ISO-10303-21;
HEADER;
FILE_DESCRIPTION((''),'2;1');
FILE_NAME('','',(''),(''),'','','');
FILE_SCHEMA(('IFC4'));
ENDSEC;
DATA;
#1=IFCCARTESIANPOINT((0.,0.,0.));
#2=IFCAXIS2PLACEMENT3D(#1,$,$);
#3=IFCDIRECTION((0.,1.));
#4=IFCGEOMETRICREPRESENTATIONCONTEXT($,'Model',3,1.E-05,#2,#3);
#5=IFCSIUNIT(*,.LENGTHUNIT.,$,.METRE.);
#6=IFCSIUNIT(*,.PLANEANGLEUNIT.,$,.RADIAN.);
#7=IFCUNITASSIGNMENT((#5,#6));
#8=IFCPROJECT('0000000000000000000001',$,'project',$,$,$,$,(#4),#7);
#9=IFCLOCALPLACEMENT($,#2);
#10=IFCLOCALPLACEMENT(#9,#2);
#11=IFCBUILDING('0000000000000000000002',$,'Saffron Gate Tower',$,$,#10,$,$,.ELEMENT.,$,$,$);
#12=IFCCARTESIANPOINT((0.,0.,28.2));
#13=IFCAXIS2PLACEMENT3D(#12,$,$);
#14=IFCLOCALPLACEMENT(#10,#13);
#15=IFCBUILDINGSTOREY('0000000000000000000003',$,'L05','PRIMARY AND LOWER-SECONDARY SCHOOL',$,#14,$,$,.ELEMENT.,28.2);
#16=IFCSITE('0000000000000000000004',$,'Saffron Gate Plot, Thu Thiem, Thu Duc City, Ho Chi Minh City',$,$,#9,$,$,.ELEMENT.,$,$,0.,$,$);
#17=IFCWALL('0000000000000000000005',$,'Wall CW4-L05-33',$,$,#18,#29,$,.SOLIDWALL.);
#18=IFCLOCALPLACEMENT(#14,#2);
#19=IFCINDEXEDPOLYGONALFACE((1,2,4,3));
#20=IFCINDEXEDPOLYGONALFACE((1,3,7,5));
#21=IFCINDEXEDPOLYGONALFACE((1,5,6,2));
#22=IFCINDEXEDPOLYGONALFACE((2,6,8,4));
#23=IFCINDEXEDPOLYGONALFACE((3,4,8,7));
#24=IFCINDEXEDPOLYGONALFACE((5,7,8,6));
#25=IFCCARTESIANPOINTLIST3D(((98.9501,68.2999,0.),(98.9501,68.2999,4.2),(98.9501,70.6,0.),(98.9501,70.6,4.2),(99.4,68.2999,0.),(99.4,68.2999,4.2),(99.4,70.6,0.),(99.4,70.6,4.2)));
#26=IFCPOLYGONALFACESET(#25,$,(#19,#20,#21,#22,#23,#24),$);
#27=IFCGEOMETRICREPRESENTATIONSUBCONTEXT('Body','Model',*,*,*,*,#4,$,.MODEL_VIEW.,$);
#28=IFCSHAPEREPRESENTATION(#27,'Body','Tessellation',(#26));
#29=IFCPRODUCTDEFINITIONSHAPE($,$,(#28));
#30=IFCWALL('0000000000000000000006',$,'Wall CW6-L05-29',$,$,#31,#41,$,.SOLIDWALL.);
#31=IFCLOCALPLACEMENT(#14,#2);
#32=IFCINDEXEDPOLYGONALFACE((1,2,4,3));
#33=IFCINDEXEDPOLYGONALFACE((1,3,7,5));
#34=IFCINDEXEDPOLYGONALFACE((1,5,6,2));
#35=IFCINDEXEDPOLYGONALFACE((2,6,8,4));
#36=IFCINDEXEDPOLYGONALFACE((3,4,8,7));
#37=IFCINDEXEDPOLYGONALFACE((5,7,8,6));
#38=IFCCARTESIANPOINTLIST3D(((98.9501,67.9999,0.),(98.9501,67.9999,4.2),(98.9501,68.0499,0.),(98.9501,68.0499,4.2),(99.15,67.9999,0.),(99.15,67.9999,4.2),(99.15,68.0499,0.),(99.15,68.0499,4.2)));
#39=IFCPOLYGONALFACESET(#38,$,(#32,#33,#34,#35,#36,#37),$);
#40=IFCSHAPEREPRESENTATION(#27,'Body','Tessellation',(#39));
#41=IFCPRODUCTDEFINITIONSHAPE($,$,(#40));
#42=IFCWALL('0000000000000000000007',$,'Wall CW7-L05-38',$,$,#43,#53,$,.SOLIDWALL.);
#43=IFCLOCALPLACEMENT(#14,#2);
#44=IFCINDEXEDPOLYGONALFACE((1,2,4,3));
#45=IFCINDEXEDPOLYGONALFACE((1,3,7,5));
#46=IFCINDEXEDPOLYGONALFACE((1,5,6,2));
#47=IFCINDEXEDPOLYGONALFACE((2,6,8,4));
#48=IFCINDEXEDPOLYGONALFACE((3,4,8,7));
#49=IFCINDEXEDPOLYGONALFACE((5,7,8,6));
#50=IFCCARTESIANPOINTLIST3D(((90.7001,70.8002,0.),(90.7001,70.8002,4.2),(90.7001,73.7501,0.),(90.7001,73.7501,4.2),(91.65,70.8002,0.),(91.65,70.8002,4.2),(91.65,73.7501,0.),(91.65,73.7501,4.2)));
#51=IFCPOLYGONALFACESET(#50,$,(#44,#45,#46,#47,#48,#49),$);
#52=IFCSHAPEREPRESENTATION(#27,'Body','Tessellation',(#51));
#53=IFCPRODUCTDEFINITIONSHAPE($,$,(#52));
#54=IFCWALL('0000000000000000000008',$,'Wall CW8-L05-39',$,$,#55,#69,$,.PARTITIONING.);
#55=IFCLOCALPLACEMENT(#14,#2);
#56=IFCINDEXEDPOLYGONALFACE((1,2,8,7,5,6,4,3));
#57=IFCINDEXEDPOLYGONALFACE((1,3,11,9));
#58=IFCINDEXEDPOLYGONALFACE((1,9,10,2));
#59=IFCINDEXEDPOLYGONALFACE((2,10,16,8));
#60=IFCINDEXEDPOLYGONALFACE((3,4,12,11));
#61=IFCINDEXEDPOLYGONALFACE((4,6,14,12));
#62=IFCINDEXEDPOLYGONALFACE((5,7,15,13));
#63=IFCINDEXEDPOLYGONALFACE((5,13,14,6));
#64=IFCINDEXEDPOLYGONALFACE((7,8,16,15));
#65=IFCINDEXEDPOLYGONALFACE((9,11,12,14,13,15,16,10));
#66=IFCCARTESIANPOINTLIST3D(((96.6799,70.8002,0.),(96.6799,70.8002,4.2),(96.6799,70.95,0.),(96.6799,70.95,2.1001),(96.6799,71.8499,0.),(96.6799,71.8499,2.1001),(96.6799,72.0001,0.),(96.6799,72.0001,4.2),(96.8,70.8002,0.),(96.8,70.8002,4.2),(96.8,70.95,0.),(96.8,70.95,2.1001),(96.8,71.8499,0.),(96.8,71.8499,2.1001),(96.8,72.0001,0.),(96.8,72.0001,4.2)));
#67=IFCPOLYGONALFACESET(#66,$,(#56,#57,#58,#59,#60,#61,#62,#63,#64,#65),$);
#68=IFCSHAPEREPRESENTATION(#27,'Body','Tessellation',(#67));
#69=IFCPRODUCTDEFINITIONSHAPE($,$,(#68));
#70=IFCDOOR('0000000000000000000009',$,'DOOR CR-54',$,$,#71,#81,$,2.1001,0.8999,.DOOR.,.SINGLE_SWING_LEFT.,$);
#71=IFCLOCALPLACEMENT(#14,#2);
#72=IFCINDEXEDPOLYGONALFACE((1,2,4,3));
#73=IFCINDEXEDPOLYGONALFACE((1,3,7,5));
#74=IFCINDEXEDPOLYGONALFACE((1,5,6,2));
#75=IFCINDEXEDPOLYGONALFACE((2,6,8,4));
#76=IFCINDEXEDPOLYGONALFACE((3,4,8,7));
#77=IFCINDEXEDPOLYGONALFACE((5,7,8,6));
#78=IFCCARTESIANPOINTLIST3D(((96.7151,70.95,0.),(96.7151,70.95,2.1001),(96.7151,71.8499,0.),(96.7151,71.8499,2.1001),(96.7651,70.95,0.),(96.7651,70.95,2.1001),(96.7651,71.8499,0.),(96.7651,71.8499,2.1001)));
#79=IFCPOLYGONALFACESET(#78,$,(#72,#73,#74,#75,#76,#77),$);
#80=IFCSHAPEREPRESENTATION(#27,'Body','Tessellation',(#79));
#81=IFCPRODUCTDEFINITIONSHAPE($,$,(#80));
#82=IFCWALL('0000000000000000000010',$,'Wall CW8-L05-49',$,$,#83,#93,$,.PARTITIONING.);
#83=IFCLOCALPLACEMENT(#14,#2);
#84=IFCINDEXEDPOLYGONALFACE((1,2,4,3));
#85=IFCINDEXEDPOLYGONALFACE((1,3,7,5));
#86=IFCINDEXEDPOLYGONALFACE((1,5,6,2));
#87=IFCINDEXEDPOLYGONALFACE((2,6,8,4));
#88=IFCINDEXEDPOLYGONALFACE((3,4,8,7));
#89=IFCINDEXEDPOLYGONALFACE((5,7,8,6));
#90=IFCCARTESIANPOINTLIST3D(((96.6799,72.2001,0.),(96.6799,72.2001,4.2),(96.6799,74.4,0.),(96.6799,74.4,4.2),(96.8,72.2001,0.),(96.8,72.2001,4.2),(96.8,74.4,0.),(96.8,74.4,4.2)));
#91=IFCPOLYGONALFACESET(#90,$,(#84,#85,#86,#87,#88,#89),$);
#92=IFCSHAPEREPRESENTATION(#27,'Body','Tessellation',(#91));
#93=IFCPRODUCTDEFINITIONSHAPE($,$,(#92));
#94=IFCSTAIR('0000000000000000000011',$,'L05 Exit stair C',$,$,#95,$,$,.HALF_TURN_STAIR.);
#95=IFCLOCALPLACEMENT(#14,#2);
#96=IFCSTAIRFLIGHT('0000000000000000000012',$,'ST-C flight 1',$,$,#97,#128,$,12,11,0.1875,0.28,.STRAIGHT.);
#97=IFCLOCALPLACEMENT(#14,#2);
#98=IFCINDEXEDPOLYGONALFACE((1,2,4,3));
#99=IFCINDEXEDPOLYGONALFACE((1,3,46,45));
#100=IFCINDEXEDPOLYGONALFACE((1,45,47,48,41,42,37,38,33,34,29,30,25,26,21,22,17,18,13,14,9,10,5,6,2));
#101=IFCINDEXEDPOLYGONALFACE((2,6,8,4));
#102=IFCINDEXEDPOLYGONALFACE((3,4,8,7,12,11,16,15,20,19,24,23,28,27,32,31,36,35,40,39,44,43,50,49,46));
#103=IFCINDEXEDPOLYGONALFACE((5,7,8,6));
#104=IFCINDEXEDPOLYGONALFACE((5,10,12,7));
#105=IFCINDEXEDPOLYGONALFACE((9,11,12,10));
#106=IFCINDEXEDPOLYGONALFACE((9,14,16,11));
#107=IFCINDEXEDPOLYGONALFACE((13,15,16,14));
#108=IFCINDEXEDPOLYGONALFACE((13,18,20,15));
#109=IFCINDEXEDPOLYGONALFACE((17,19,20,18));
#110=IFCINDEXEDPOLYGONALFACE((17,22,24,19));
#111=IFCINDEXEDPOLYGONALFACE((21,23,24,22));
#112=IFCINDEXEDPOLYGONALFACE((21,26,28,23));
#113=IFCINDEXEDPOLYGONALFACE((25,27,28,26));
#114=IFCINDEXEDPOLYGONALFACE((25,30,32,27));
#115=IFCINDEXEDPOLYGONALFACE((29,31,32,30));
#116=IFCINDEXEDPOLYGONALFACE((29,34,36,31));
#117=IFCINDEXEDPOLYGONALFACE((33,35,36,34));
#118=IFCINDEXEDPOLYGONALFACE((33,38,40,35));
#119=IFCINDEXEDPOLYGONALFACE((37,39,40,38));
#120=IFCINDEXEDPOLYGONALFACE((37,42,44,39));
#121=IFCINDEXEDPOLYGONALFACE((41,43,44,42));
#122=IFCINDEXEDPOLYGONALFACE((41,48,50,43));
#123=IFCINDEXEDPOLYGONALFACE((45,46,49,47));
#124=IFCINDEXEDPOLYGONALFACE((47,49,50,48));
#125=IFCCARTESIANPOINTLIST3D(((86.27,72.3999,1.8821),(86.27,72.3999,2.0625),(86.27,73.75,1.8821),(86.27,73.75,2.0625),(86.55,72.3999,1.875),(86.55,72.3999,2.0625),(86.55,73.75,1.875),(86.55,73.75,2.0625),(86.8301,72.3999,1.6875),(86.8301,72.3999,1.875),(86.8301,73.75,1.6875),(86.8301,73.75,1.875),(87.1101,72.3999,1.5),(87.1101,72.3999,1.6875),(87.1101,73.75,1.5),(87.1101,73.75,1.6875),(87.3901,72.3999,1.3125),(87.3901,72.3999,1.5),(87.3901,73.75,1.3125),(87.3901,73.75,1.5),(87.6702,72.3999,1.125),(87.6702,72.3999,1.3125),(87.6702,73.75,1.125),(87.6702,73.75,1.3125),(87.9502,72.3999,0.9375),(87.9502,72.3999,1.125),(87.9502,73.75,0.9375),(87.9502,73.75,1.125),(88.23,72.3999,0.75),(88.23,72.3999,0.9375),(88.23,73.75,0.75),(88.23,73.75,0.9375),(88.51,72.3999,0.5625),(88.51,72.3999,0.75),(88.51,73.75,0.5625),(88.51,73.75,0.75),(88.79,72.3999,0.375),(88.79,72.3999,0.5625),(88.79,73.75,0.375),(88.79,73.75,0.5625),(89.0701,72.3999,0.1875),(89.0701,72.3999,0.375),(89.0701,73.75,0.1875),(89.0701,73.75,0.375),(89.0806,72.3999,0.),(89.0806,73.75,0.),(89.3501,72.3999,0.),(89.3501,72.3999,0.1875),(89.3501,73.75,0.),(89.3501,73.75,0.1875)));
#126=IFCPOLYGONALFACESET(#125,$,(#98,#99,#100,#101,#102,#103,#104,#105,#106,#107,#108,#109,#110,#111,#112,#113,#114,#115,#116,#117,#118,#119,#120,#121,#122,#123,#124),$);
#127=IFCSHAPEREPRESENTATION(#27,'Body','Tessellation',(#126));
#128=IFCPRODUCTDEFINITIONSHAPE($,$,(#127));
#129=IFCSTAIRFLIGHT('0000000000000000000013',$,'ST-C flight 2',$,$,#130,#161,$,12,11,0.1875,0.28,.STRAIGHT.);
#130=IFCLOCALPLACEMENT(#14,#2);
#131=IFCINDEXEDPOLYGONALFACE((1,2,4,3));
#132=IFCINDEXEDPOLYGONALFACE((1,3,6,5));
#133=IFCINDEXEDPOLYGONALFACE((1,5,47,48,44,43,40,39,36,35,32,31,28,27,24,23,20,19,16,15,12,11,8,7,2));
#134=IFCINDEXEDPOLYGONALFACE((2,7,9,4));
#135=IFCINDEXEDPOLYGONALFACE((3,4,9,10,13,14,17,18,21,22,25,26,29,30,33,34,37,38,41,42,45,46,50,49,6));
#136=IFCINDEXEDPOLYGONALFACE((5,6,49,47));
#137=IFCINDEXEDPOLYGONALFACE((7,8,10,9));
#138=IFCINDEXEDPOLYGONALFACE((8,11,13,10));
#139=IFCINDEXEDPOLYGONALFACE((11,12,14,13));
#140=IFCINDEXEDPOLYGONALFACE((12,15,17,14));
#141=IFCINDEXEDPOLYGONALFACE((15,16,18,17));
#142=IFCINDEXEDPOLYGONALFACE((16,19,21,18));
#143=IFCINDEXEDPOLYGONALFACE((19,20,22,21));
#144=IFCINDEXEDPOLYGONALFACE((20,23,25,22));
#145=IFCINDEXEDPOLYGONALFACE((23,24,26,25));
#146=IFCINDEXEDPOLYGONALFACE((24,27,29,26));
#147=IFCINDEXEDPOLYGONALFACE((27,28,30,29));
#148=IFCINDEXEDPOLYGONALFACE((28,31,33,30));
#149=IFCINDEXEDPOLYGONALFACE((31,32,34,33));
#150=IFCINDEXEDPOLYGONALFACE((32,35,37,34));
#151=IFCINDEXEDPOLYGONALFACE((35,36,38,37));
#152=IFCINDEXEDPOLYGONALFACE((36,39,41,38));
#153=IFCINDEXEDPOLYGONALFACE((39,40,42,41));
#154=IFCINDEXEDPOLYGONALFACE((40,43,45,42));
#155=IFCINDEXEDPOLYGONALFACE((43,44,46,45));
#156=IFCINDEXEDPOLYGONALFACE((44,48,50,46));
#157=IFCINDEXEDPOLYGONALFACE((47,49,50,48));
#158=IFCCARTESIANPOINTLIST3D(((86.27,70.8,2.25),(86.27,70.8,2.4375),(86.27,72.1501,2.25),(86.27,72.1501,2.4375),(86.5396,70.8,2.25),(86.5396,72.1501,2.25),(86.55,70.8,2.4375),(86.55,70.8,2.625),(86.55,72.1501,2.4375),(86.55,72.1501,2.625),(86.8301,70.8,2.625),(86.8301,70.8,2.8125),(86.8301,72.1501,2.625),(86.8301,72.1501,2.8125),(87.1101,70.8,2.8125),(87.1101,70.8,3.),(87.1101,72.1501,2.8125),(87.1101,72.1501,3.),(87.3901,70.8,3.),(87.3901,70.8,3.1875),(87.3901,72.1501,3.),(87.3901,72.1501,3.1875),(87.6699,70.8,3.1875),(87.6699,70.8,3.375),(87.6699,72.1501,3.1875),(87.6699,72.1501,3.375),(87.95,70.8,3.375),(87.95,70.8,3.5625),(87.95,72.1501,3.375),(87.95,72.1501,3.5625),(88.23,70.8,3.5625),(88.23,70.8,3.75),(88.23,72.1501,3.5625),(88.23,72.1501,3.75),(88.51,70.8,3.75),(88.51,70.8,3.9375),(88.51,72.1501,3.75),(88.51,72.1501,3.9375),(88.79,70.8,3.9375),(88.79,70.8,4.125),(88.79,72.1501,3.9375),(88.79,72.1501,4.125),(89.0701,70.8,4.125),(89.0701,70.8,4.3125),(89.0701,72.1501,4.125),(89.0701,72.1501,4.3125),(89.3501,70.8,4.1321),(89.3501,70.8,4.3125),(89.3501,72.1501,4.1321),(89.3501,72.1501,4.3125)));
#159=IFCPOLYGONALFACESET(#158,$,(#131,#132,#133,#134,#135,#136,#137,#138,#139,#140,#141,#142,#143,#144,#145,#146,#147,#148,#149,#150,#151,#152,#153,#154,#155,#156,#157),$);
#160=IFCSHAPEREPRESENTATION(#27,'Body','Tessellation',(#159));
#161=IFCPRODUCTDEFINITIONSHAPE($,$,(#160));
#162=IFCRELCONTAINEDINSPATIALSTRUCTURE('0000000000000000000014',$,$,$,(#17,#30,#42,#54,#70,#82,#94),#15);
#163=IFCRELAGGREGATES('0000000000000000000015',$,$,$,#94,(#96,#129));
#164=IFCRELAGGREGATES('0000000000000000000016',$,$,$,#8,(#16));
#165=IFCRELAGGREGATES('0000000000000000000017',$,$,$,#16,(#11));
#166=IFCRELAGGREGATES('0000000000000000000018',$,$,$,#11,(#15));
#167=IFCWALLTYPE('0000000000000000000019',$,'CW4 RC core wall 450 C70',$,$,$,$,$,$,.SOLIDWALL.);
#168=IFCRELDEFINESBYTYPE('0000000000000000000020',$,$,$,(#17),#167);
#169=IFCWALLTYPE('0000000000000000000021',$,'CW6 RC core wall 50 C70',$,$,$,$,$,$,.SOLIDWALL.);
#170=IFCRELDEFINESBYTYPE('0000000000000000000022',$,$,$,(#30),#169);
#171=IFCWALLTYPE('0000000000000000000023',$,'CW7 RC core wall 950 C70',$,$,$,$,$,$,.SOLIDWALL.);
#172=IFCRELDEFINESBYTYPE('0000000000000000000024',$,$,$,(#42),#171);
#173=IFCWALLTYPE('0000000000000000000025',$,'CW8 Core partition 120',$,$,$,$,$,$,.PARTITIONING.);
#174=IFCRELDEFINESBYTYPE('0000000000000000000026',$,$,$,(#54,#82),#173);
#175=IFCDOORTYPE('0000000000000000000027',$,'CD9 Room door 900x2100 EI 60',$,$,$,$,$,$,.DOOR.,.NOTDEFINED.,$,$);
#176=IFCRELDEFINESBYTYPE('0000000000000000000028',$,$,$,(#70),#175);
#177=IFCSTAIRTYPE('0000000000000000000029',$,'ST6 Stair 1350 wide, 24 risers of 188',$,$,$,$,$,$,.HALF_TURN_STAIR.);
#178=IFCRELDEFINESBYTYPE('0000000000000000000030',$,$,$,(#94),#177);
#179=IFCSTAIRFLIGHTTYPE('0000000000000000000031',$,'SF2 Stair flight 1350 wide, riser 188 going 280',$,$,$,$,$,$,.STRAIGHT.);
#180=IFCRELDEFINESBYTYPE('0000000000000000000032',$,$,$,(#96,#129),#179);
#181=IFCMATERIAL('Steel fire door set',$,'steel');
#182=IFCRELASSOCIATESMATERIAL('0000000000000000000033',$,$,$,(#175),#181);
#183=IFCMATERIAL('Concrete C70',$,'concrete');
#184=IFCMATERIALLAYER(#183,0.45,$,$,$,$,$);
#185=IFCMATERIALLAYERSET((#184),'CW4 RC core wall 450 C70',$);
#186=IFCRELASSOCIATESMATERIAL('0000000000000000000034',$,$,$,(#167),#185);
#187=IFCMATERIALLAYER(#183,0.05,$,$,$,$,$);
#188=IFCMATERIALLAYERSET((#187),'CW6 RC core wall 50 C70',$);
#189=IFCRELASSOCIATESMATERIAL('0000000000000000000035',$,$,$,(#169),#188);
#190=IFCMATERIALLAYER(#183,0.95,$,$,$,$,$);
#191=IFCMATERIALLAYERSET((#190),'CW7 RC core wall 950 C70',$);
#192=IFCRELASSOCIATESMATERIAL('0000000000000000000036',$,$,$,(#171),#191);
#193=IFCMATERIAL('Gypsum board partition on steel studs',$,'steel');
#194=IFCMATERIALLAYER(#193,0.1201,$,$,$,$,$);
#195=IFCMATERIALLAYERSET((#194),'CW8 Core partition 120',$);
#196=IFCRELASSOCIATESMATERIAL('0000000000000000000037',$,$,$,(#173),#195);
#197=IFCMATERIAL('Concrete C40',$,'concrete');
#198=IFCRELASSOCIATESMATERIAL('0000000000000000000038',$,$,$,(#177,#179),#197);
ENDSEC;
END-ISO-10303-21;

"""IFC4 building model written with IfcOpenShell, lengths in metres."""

from ifc_helpers import new_model, si_unit, direction, frame, frame_2d, origin, place, context, subcontext, project, spatial, polyline, rectangle, outline, extrude, material, layer, layer_set, type_object, element, fill, aggregate, save


model = new_model("IFC4")

# Units and contexts
model_context = context("Model", 3, precision=1e-05, world=origin(), true_north=direction((0.0, 1.0)))
body_context = subcontext(model_context, "Body", "Model", "MODEL_VIEW")
ifc_project = project(units=[si_unit("LENGTHUNIT", "METRE"), si_unit("PLANEANGLEUNIT", "RADIAN")], contexts=[model_context])

# Site, building, storey
site_placement = place(None, origin())
site = spatial("IfcSite", under=ifc_project, at=site_placement, Name="Saffron Gate Plot, Thu Thiem, Thu Duc City, Ho Chi Minh City", CompositionType="ELEMENT", RefElevation=0.0)
building_placement = place(site_placement, origin())
building = spatial("IfcBuilding", under=site, at=building_placement, Name="Saffron Gate Tower", CompositionType="ELEMENT")
storey_placement = place(building_placement, frame((0.0, 0.0, 28.2)))
storey = spatial("IfcBuildingStorey", under=building, at=storey_placement, Name="L05", Description="PRIMARY AND LOWER-SECONDARY SCHOOL", CompositionType="ELEMENT", Elevation=28.2)

# Shared definitions
ifc_material_1 = material(Name="Concrete C70", Category="concrete")
ifc_material_2 = material(Name="Steel fire door set", Category="steel")

# Shared definitions
door_type_1 = type_object("IfcDoorType", Name="CD9 Room door 900x2100 EI 60", OperationType="NOTDEFINED", PredefinedType="DOOR", material=ifc_material_2)

# Walls
ifc_layer_1 = layer(ifc_material_1, 0.45)
ifc_layer_set_1 = layer_set([ifc_layer_1], Name="CW4 RC core wall 450 C70")
wall_type_1 = type_object("IfcWallType", Name="CW4 RC core wall 450 C70", PredefinedType="SOLIDWALL", material=ifc_layer_set_1)
wall_1_placement = place(storey_placement, frame((99.175, 68.3, 0.0), z_axis=(0.0, 0.0, 1.0), x_axis=(0.0, 1.0, 0.0)))
element("IfcWall", 1, at=wall_1_placement, inside=storey, type_object=wall_type_1, Name="Wall CW4-L05-33", PredefinedType="SOLIDWALL", context=body_context, shape_type="SweptSolid", body=[
    extrude(rectangle(XDim=2.3, YDim=0.45, at=frame_2d((1.1499, 0.0))), origin(), (0.0, 0.0, 1.0), 4.2),
])
ifc_layer_2 = layer(ifc_material_1, 0.05)
ifc_layer_set_2 = layer_set([ifc_layer_2], Name="CW6 RC core wall 50 C70")
wall_type_2 = type_object("IfcWallType", Name="CW6 RC core wall 50 C70", PredefinedType="SOLIDWALL", material=ifc_layer_set_2)
wall_2_placement = place(storey_placement, frame((98.95, 68.0249, 0.0), z_axis=(0.0, 0.0, 1.0), x_axis=(1.0, 0.0, 0.0)))
element("IfcWall", 2, at=wall_2_placement, inside=storey, type_object=wall_type_2, Name="Wall CW6-L05-29", PredefinedType="SOLIDWALL", context=body_context, shape_type="SweptSolid", body=[
    extrude(rectangle(XDim=0.2, YDim=0.05, at=frame_2d((0.1001, 0.0))), origin(), (0.0, 0.0, 1.0), 4.2),
])
ifc_layer_3 = layer(ifc_material_1, 0.95)
ifc_layer_set_3 = layer_set([ifc_layer_3], Name="CW7 RC core wall 950 C70")
wall_type_3 = type_object("IfcWallType", Name="CW7 RC core wall 950 C70", PredefinedType="SOLIDWALL", material=ifc_layer_set_3)
wall_3_placement = place(storey_placement, frame((91.175, 70.8, 0.0), z_axis=(0.0, 0.0, 1.0), x_axis=(0.0, 1.0, 0.0)))
element("IfcWall", 3, at=wall_3_placement, inside=storey, type_object=wall_type_3, Name="Wall CW7-L05-38", PredefinedType="SOLIDWALL", context=body_context, shape_type="SweptSolid", body=[
    extrude(rectangle(XDim=2.95, YDim=0.95, at=frame_2d((1.4751, 0.0))), origin(), (0.0, 0.0, 1.0), 4.2),
])

# Wall, opening, door
ifc_material_3 = material(Name="Gypsum board partition on steel studs", Category="steel")
ifc_layer_4 = layer(ifc_material_3, 0.1201)
ifc_layer_set_4 = layer_set([ifc_layer_4], Name="CW8 Core partition 120")
wall_type_4 = type_object("IfcWallType", Name="CW8 Core partition 120", PredefinedType="PARTITIONING", material=ifc_layer_set_4)
wall_4_placement = place(storey_placement, frame((96.74, 70.8, 0.0), z_axis=(0.0, 0.0, 1.0), x_axis=(0.0, 1.0, 0.0)))
wall_4 = element("IfcWall", 4, at=wall_4_placement, inside=storey, type_object=wall_type_4, Name="Wall CW8-L05-39", PredefinedType="PARTITIONING", context=body_context, shape_type="SweptSolid", body=[
    extrude(rectangle(XDim=1.2, YDim=0.1201, at=frame_2d((0.6001, 0.0))), origin(), (0.0, 0.0, 1.0), 4.2),
])
opening_1_placement = place(wall_4_placement, frame((0.1499, 0.0, 0.0)))
opening_1 = element("IfcOpeningElement", 5, at=opening_1_placement, cuts=wall_4, PredefinedType="OPENING", context=body_context, shape_type="SweptSolid", body=[
    extrude(rectangle(XDim=0.8999, YDim=2.1001, at=frame_2d((0.45, 1.05))), frame((0.0, 0.0701, 0.0), z_axis=(0.0, -1.0, 0.0), x_axis=(1.0, 0.0, 0.0)), (0.0, 0.0, 1.0), 0.1401),
])
door_1_placement = place(opening_1_placement, origin())
door_1 = element("IfcDoor", 6, at=door_1_placement, inside=storey, type_object=door_type_1, Name="DOOR CR-54", OperationType="SINGLE_SWING_LEFT", OverallHeight=2.1001, OverallWidth=0.8999, PredefinedType="DOOR", context=body_context, shape_type="SweptSolid", body=[
    extrude(rectangle(XDim=0.8999, YDim=2.1001, at=frame_2d((0.45, 1.05))), frame((0.0, 0.0249, 0.0), z_axis=(0.0, -1.0, 0.0), x_axis=(1.0, 0.0, 0.0)), (0.0, 0.0, 1.0), 0.05),
])
fill(opening_1, door_1)

# Wall
wall_5_placement = place(storey_placement, frame((96.74, 72.2, 0.0), z_axis=(0.0, 0.0, 1.0), x_axis=(0.0, 1.0, 0.0)))
element("IfcWall", 7, at=wall_5_placement, inside=storey, type_object=wall_type_4, Name="Wall CW8-L05-49", PredefinedType="PARTITIONING", context=body_context, shape_type="SweptSolid", body=[
    extrude(rectangle(XDim=2.2, YDim=0.1201, at=frame_2d((1.1001, 0.0))), origin(), (0.0, 0.0, 1.0), 4.2),
])

# Stair, stair flights
ifc_material_4 = material(Name="Concrete C40", Category="concrete")
stair_type = type_object("IfcStairType", Name="ST6 Stair 1350 wide, 24 risers of 188", PredefinedType="HALF_TURN_STAIR", material=ifc_material_4)
stair_placement = place(storey_placement, origin())
stair = element("IfcStair", 8, at=stair_placement, inside=storey, type_object=stair_type, Name="L05 Exit stair C", PredefinedType="HALF_TURN_STAIR")
stair_flight_type = type_object("IfcStairFlightType", Name="SF2 Stair flight 1350 wide, riser 188 going 280", PredefinedType="STRAIGHT", material=ifc_material_4)
stair_flight_1_placement = place(storey_placement, frame((89.3501, 73.075, 0.0), z_axis=(0.0, 0.0, 1.0), x_axis=(-1.0, 0.0, 0.0)))
stair_flight_1 = element("IfcStairFlight", 9, at=stair_flight_1_placement, type_object=stair_flight_type, Name="ST-C flight 1", NumberOfRisers=12, NumberOfTreads=11, PredefinedType="STRAIGHT", RiserHeight=0.1875, TreadLength=0.28, context=body_context, shape_type="SweptSolid", body=[
    extrude(outline(polyline([(0.0, 0.0), (0.0, 0.1875), (0.28, 0.1875), (0.28, 0.375), (0.5601, 0.375), (0.5601, 0.5625), (0.8401, 0.5625), (0.8401, 0.75), (1.1201, 0.75), (1.1201, 0.9375), (1.3999, 0.9375), (1.3999, 1.125), (1.6799, 1.125), (1.6799, 1.3125), (1.96, 1.3125), (1.96, 1.5), (2.24, 1.5), (2.24, 1.6875), (2.52, 1.6875), (2.52, 1.875), (2.8, 1.875), (2.8, 2.0625), (3.0801, 2.0625), (3.0801, 2.25), (3.0801, 1.8821), (0.2695, 0.0), (0.0, 0.0)])), frame((0.0, 0.675, 0.0), z_axis=(0.0, -1.0, 0.0), x_axis=(1.0, 0.0, 0.0)), (0.0, 0.0, 1.0), 1.3501),
])
stair_flight_2_placement = place(storey_placement, frame((86.27, 71.4751, 2.25), z_axis=(0.0, 0.0, 1.0), x_axis=(1.0, 0.0, 0.0)))
stair_flight_2 = element("IfcStairFlight", 10, at=stair_flight_2_placement, type_object=stair_flight_type, Name="ST-C flight 2", NumberOfRisers=12, NumberOfTreads=11, PredefinedType="STRAIGHT", RiserHeight=0.1875, TreadLength=0.28, context=body_context, shape_type="SweptSolid", body=[
    extrude(outline(polyline([(0.0, 0.0), (0.0, 0.1875), (0.28, 0.1875), (0.28, 0.375), (0.5601, 0.375), (0.5601, 0.5625), (0.8401, 0.5625), (0.8401, 0.75), (1.1201, 0.75), (1.1201, 0.9375), (1.3999, 0.9375), (1.3999, 1.125), (1.6799, 1.125), (1.6799, 1.3125), (1.96, 1.3125), (1.96, 1.5), (2.24, 1.5), (2.24, 1.6875), (2.52, 1.6875), (2.52, 1.875), (2.8, 1.875), (2.8, 2.0625), (3.0801, 2.0625), (3.0801, 2.25), (3.0801, 1.8821), (0.2695, 0.0), (0.0, 0.0)])), frame((0.0, 0.675, 0.0), z_axis=(0.0, -1.0, 0.0), x_axis=(1.0, 0.0, 0.0)), (0.0, 0.0, 1.0), 1.3501),
])
aggregate(stair, [stair_flight_1, stair_flight_2])

save(model, "model.ifc")
